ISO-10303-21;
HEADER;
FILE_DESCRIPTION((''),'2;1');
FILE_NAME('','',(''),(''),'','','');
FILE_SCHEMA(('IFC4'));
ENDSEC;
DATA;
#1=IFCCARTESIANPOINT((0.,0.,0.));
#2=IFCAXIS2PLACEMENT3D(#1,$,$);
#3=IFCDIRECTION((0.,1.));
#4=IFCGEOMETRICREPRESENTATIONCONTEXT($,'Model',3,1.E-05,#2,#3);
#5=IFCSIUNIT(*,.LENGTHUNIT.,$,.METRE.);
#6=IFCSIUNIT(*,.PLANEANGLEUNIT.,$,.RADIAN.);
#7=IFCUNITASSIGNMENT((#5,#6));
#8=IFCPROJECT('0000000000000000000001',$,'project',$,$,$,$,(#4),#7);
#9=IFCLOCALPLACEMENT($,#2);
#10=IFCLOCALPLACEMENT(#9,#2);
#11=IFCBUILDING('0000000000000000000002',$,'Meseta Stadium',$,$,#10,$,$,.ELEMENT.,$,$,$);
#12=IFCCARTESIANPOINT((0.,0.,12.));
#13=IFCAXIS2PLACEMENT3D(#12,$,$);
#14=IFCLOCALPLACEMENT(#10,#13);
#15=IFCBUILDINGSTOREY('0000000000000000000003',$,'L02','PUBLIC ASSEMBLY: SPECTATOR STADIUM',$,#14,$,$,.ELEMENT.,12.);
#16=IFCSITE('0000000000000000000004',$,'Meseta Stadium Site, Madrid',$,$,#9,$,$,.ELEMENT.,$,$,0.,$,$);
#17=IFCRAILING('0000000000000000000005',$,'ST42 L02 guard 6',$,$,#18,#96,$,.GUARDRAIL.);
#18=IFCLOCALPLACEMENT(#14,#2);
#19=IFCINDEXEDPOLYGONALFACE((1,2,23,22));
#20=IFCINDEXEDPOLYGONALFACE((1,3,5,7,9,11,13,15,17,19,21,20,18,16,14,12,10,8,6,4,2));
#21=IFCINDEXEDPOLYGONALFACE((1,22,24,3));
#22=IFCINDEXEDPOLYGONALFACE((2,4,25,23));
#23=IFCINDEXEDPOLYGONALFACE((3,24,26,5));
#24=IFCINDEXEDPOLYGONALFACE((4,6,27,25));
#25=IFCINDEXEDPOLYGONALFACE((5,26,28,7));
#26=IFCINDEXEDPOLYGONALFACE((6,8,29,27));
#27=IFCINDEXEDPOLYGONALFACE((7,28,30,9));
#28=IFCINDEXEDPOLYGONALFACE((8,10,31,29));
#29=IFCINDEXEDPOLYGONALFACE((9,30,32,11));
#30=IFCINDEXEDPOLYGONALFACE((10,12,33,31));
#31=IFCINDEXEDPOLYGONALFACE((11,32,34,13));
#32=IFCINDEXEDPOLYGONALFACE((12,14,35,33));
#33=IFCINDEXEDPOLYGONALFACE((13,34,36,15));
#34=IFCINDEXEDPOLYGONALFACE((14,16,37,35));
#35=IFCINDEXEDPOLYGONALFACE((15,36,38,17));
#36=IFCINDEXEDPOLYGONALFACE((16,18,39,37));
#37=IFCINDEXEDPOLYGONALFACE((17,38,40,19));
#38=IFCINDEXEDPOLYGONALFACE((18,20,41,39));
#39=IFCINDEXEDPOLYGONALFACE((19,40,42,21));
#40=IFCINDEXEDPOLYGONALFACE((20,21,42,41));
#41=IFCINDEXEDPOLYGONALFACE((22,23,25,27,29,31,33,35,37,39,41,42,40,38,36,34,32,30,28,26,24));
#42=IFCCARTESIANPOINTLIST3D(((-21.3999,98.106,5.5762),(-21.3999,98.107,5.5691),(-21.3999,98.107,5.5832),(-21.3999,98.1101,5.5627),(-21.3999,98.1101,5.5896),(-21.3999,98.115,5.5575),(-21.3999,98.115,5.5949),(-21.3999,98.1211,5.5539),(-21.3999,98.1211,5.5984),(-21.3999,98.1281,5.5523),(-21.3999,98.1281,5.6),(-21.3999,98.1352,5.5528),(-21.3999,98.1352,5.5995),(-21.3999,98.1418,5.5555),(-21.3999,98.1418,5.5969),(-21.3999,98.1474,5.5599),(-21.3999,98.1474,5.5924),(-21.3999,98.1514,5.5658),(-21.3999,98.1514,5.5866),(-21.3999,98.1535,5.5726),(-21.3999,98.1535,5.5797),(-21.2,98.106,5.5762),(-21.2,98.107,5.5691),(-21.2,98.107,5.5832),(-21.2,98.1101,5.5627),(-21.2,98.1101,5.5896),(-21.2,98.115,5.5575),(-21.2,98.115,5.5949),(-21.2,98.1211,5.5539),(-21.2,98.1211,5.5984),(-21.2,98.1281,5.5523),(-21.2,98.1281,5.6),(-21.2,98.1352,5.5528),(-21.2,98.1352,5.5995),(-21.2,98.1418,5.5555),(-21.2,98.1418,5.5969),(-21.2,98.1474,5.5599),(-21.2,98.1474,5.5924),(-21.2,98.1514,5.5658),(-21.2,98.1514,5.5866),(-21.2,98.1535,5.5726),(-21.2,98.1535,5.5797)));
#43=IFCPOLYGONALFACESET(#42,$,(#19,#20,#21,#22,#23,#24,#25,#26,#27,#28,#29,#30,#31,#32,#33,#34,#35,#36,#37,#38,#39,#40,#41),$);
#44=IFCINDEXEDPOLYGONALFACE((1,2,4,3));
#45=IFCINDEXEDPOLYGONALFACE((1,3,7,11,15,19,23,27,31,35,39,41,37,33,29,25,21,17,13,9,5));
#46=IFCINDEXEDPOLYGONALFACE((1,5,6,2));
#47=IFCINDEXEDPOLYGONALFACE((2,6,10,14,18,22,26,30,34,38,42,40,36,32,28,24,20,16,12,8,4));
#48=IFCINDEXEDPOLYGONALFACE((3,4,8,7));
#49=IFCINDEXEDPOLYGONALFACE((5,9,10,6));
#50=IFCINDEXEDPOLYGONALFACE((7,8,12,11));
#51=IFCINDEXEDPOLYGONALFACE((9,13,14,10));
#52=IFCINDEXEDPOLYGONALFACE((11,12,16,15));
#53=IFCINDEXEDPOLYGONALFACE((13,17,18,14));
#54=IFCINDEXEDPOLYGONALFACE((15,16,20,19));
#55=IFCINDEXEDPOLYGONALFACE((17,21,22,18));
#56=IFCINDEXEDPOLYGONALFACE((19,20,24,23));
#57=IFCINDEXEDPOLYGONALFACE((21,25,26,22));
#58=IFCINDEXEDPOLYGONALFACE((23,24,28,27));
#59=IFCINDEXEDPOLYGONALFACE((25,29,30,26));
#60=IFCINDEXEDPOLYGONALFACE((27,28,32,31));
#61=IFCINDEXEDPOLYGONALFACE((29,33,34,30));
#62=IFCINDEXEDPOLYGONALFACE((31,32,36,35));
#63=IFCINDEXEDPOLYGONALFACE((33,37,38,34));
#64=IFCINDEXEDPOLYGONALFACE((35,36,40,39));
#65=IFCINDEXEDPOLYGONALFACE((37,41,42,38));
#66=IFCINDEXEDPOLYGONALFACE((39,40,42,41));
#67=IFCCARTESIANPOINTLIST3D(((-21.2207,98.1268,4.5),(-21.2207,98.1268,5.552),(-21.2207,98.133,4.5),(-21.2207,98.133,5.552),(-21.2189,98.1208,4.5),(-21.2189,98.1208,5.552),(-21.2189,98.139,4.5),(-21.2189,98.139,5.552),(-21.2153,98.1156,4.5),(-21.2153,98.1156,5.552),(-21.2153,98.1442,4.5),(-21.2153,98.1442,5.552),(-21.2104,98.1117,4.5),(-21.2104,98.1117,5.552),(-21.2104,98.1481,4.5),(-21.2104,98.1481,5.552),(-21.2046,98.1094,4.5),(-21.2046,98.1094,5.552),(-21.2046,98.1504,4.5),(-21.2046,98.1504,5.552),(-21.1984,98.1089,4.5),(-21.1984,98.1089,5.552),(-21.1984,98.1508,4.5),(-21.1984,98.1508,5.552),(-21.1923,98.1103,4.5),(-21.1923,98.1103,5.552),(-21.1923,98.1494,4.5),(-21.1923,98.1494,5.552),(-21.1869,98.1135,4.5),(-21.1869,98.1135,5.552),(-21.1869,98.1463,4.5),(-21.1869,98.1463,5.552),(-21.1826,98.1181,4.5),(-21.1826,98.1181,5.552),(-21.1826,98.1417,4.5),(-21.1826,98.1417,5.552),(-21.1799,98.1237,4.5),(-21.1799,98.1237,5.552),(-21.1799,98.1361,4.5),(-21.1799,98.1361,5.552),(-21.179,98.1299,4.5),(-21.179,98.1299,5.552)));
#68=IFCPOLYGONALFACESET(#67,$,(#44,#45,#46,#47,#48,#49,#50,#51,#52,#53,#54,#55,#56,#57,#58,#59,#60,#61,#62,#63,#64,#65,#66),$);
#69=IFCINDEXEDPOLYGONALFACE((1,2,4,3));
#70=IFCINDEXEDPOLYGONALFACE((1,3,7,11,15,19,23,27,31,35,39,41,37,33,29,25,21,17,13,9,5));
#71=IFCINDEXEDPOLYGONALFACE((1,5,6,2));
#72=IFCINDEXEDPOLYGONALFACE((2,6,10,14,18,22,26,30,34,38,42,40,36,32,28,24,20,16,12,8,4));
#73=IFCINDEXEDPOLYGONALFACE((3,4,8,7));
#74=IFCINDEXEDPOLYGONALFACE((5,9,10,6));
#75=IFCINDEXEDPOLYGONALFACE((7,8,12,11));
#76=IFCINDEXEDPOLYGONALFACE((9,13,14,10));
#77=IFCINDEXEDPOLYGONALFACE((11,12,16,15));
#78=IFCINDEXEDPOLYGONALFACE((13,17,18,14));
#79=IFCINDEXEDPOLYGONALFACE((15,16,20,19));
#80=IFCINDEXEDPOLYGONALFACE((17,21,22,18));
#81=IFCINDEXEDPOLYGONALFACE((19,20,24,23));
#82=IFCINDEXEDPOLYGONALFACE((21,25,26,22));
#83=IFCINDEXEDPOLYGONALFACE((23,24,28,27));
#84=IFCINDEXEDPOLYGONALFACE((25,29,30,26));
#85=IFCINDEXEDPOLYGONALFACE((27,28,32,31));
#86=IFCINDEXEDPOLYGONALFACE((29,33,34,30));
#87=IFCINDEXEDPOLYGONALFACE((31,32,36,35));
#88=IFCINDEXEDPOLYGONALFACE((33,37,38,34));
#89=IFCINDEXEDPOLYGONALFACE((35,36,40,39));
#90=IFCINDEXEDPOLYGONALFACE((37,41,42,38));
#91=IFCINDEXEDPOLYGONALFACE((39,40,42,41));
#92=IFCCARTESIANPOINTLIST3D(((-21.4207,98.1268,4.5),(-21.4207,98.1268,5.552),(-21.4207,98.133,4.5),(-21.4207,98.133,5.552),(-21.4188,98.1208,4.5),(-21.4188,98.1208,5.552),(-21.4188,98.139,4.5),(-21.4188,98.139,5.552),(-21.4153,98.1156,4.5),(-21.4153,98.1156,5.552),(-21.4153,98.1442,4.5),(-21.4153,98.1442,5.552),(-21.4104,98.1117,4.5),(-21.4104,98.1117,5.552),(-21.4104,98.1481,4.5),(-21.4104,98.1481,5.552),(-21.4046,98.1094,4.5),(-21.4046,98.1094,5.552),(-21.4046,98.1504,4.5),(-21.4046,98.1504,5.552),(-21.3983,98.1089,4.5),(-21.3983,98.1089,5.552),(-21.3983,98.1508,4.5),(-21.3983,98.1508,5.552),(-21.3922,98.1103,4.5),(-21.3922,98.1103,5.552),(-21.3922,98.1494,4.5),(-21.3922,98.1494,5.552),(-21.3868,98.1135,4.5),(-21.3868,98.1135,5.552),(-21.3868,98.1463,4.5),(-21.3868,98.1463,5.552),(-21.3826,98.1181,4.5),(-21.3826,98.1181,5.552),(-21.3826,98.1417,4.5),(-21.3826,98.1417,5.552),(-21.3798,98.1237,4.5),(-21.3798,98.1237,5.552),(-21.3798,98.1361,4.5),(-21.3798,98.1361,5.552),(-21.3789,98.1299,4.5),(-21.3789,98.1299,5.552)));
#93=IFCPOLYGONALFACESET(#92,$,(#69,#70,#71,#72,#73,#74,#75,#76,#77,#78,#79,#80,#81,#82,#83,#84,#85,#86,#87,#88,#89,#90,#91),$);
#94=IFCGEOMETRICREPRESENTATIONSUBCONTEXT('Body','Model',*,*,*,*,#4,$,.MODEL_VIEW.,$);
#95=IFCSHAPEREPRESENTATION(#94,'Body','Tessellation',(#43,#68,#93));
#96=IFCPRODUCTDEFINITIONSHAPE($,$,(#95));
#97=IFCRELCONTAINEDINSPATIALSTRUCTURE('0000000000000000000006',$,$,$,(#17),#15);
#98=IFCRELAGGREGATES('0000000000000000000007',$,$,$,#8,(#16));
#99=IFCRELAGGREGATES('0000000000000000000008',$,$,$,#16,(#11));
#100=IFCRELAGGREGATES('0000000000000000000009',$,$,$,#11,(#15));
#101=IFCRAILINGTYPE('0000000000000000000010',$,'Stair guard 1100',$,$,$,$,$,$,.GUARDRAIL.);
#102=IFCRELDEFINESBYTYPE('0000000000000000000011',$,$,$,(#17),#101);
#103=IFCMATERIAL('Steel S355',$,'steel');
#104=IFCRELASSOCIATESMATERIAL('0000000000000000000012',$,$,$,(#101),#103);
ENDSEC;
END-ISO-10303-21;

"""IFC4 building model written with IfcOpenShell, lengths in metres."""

from ifc_helpers import new_model, si_unit, direction, frame, origin, origin_2d, place, context, subcontext, project, spatial, circle, extrude, material, type_object, element, save


model = new_model("IFC4")

# Units and contexts
model_context = context("Model", 3, precision=1e-05, world=origin(), true_north=direction((0.0, 1.0)))
body_context = subcontext(model_context, "Body", "Model", "MODEL_VIEW")
ifc_project = project(units=[si_unit("LENGTHUNIT", "METRE"), si_unit("PLANEANGLEUNIT", "RADIAN")], contexts=[model_context])

# Site, building, storey
site_placement = place(None, origin())
site = spatial("IfcSite", under=ifc_project, at=site_placement, Name="Meseta Stadium Site, Madrid", CompositionType="ELEMENT", RefElevation=0.0)
building_placement = place(site_placement, origin())
building = spatial("IfcBuilding", under=site, at=building_placement, Name="Meseta Stadium", CompositionType="ELEMENT")
storey_placement = place(building_placement, frame((0.0, 0.0, 12.0)))
storey = spatial("IfcBuildingStorey", under=building, at=storey_placement, Name="L02", Description="PUBLIC ASSEMBLY: SPECTATOR STADIUM", CompositionType="ELEMENT", Elevation=12.0)

# Railing
ifc_material_1 = material(Name="Steel S355", Category="steel")
railing_type_1 = type_object("IfcRailingType", Name="Stair guard 1100", PredefinedType="GUARDRAIL", material=ifc_material_1)
railing_1_placement = place(storey_placement, frame((-21.2, 98.1299, 4.5)))
element("IfcRailing", 1, at=railing_1_placement, inside=storey, type_object=railing_type_1, Name="ST42 L02 guard 6", PredefinedType="GUARDRAIL", context=body_context, shape_type="SweptSolid", body=[
    extrude(circle(Radius=0.0239, at=origin_2d()), frame((0.0, 0.0, 1.0762), z_axis=(-1.0, 0.0, 0.0), x_axis=(0.0, -1.0, 0.0)), (0.0, 0.0, 1.0), 0.2),
    extrude(circle(Radius=0.021, at=origin_2d()), origin(), (0.0, 0.0, 1.0), 1.052),
    extrude(circle(Radius=0.021, at=origin_2d()), frame((-0.2, 0.0, 0.0)), (0.0, 0.0, 1.0), 1.052),
])

save(model, "model.ifc")
